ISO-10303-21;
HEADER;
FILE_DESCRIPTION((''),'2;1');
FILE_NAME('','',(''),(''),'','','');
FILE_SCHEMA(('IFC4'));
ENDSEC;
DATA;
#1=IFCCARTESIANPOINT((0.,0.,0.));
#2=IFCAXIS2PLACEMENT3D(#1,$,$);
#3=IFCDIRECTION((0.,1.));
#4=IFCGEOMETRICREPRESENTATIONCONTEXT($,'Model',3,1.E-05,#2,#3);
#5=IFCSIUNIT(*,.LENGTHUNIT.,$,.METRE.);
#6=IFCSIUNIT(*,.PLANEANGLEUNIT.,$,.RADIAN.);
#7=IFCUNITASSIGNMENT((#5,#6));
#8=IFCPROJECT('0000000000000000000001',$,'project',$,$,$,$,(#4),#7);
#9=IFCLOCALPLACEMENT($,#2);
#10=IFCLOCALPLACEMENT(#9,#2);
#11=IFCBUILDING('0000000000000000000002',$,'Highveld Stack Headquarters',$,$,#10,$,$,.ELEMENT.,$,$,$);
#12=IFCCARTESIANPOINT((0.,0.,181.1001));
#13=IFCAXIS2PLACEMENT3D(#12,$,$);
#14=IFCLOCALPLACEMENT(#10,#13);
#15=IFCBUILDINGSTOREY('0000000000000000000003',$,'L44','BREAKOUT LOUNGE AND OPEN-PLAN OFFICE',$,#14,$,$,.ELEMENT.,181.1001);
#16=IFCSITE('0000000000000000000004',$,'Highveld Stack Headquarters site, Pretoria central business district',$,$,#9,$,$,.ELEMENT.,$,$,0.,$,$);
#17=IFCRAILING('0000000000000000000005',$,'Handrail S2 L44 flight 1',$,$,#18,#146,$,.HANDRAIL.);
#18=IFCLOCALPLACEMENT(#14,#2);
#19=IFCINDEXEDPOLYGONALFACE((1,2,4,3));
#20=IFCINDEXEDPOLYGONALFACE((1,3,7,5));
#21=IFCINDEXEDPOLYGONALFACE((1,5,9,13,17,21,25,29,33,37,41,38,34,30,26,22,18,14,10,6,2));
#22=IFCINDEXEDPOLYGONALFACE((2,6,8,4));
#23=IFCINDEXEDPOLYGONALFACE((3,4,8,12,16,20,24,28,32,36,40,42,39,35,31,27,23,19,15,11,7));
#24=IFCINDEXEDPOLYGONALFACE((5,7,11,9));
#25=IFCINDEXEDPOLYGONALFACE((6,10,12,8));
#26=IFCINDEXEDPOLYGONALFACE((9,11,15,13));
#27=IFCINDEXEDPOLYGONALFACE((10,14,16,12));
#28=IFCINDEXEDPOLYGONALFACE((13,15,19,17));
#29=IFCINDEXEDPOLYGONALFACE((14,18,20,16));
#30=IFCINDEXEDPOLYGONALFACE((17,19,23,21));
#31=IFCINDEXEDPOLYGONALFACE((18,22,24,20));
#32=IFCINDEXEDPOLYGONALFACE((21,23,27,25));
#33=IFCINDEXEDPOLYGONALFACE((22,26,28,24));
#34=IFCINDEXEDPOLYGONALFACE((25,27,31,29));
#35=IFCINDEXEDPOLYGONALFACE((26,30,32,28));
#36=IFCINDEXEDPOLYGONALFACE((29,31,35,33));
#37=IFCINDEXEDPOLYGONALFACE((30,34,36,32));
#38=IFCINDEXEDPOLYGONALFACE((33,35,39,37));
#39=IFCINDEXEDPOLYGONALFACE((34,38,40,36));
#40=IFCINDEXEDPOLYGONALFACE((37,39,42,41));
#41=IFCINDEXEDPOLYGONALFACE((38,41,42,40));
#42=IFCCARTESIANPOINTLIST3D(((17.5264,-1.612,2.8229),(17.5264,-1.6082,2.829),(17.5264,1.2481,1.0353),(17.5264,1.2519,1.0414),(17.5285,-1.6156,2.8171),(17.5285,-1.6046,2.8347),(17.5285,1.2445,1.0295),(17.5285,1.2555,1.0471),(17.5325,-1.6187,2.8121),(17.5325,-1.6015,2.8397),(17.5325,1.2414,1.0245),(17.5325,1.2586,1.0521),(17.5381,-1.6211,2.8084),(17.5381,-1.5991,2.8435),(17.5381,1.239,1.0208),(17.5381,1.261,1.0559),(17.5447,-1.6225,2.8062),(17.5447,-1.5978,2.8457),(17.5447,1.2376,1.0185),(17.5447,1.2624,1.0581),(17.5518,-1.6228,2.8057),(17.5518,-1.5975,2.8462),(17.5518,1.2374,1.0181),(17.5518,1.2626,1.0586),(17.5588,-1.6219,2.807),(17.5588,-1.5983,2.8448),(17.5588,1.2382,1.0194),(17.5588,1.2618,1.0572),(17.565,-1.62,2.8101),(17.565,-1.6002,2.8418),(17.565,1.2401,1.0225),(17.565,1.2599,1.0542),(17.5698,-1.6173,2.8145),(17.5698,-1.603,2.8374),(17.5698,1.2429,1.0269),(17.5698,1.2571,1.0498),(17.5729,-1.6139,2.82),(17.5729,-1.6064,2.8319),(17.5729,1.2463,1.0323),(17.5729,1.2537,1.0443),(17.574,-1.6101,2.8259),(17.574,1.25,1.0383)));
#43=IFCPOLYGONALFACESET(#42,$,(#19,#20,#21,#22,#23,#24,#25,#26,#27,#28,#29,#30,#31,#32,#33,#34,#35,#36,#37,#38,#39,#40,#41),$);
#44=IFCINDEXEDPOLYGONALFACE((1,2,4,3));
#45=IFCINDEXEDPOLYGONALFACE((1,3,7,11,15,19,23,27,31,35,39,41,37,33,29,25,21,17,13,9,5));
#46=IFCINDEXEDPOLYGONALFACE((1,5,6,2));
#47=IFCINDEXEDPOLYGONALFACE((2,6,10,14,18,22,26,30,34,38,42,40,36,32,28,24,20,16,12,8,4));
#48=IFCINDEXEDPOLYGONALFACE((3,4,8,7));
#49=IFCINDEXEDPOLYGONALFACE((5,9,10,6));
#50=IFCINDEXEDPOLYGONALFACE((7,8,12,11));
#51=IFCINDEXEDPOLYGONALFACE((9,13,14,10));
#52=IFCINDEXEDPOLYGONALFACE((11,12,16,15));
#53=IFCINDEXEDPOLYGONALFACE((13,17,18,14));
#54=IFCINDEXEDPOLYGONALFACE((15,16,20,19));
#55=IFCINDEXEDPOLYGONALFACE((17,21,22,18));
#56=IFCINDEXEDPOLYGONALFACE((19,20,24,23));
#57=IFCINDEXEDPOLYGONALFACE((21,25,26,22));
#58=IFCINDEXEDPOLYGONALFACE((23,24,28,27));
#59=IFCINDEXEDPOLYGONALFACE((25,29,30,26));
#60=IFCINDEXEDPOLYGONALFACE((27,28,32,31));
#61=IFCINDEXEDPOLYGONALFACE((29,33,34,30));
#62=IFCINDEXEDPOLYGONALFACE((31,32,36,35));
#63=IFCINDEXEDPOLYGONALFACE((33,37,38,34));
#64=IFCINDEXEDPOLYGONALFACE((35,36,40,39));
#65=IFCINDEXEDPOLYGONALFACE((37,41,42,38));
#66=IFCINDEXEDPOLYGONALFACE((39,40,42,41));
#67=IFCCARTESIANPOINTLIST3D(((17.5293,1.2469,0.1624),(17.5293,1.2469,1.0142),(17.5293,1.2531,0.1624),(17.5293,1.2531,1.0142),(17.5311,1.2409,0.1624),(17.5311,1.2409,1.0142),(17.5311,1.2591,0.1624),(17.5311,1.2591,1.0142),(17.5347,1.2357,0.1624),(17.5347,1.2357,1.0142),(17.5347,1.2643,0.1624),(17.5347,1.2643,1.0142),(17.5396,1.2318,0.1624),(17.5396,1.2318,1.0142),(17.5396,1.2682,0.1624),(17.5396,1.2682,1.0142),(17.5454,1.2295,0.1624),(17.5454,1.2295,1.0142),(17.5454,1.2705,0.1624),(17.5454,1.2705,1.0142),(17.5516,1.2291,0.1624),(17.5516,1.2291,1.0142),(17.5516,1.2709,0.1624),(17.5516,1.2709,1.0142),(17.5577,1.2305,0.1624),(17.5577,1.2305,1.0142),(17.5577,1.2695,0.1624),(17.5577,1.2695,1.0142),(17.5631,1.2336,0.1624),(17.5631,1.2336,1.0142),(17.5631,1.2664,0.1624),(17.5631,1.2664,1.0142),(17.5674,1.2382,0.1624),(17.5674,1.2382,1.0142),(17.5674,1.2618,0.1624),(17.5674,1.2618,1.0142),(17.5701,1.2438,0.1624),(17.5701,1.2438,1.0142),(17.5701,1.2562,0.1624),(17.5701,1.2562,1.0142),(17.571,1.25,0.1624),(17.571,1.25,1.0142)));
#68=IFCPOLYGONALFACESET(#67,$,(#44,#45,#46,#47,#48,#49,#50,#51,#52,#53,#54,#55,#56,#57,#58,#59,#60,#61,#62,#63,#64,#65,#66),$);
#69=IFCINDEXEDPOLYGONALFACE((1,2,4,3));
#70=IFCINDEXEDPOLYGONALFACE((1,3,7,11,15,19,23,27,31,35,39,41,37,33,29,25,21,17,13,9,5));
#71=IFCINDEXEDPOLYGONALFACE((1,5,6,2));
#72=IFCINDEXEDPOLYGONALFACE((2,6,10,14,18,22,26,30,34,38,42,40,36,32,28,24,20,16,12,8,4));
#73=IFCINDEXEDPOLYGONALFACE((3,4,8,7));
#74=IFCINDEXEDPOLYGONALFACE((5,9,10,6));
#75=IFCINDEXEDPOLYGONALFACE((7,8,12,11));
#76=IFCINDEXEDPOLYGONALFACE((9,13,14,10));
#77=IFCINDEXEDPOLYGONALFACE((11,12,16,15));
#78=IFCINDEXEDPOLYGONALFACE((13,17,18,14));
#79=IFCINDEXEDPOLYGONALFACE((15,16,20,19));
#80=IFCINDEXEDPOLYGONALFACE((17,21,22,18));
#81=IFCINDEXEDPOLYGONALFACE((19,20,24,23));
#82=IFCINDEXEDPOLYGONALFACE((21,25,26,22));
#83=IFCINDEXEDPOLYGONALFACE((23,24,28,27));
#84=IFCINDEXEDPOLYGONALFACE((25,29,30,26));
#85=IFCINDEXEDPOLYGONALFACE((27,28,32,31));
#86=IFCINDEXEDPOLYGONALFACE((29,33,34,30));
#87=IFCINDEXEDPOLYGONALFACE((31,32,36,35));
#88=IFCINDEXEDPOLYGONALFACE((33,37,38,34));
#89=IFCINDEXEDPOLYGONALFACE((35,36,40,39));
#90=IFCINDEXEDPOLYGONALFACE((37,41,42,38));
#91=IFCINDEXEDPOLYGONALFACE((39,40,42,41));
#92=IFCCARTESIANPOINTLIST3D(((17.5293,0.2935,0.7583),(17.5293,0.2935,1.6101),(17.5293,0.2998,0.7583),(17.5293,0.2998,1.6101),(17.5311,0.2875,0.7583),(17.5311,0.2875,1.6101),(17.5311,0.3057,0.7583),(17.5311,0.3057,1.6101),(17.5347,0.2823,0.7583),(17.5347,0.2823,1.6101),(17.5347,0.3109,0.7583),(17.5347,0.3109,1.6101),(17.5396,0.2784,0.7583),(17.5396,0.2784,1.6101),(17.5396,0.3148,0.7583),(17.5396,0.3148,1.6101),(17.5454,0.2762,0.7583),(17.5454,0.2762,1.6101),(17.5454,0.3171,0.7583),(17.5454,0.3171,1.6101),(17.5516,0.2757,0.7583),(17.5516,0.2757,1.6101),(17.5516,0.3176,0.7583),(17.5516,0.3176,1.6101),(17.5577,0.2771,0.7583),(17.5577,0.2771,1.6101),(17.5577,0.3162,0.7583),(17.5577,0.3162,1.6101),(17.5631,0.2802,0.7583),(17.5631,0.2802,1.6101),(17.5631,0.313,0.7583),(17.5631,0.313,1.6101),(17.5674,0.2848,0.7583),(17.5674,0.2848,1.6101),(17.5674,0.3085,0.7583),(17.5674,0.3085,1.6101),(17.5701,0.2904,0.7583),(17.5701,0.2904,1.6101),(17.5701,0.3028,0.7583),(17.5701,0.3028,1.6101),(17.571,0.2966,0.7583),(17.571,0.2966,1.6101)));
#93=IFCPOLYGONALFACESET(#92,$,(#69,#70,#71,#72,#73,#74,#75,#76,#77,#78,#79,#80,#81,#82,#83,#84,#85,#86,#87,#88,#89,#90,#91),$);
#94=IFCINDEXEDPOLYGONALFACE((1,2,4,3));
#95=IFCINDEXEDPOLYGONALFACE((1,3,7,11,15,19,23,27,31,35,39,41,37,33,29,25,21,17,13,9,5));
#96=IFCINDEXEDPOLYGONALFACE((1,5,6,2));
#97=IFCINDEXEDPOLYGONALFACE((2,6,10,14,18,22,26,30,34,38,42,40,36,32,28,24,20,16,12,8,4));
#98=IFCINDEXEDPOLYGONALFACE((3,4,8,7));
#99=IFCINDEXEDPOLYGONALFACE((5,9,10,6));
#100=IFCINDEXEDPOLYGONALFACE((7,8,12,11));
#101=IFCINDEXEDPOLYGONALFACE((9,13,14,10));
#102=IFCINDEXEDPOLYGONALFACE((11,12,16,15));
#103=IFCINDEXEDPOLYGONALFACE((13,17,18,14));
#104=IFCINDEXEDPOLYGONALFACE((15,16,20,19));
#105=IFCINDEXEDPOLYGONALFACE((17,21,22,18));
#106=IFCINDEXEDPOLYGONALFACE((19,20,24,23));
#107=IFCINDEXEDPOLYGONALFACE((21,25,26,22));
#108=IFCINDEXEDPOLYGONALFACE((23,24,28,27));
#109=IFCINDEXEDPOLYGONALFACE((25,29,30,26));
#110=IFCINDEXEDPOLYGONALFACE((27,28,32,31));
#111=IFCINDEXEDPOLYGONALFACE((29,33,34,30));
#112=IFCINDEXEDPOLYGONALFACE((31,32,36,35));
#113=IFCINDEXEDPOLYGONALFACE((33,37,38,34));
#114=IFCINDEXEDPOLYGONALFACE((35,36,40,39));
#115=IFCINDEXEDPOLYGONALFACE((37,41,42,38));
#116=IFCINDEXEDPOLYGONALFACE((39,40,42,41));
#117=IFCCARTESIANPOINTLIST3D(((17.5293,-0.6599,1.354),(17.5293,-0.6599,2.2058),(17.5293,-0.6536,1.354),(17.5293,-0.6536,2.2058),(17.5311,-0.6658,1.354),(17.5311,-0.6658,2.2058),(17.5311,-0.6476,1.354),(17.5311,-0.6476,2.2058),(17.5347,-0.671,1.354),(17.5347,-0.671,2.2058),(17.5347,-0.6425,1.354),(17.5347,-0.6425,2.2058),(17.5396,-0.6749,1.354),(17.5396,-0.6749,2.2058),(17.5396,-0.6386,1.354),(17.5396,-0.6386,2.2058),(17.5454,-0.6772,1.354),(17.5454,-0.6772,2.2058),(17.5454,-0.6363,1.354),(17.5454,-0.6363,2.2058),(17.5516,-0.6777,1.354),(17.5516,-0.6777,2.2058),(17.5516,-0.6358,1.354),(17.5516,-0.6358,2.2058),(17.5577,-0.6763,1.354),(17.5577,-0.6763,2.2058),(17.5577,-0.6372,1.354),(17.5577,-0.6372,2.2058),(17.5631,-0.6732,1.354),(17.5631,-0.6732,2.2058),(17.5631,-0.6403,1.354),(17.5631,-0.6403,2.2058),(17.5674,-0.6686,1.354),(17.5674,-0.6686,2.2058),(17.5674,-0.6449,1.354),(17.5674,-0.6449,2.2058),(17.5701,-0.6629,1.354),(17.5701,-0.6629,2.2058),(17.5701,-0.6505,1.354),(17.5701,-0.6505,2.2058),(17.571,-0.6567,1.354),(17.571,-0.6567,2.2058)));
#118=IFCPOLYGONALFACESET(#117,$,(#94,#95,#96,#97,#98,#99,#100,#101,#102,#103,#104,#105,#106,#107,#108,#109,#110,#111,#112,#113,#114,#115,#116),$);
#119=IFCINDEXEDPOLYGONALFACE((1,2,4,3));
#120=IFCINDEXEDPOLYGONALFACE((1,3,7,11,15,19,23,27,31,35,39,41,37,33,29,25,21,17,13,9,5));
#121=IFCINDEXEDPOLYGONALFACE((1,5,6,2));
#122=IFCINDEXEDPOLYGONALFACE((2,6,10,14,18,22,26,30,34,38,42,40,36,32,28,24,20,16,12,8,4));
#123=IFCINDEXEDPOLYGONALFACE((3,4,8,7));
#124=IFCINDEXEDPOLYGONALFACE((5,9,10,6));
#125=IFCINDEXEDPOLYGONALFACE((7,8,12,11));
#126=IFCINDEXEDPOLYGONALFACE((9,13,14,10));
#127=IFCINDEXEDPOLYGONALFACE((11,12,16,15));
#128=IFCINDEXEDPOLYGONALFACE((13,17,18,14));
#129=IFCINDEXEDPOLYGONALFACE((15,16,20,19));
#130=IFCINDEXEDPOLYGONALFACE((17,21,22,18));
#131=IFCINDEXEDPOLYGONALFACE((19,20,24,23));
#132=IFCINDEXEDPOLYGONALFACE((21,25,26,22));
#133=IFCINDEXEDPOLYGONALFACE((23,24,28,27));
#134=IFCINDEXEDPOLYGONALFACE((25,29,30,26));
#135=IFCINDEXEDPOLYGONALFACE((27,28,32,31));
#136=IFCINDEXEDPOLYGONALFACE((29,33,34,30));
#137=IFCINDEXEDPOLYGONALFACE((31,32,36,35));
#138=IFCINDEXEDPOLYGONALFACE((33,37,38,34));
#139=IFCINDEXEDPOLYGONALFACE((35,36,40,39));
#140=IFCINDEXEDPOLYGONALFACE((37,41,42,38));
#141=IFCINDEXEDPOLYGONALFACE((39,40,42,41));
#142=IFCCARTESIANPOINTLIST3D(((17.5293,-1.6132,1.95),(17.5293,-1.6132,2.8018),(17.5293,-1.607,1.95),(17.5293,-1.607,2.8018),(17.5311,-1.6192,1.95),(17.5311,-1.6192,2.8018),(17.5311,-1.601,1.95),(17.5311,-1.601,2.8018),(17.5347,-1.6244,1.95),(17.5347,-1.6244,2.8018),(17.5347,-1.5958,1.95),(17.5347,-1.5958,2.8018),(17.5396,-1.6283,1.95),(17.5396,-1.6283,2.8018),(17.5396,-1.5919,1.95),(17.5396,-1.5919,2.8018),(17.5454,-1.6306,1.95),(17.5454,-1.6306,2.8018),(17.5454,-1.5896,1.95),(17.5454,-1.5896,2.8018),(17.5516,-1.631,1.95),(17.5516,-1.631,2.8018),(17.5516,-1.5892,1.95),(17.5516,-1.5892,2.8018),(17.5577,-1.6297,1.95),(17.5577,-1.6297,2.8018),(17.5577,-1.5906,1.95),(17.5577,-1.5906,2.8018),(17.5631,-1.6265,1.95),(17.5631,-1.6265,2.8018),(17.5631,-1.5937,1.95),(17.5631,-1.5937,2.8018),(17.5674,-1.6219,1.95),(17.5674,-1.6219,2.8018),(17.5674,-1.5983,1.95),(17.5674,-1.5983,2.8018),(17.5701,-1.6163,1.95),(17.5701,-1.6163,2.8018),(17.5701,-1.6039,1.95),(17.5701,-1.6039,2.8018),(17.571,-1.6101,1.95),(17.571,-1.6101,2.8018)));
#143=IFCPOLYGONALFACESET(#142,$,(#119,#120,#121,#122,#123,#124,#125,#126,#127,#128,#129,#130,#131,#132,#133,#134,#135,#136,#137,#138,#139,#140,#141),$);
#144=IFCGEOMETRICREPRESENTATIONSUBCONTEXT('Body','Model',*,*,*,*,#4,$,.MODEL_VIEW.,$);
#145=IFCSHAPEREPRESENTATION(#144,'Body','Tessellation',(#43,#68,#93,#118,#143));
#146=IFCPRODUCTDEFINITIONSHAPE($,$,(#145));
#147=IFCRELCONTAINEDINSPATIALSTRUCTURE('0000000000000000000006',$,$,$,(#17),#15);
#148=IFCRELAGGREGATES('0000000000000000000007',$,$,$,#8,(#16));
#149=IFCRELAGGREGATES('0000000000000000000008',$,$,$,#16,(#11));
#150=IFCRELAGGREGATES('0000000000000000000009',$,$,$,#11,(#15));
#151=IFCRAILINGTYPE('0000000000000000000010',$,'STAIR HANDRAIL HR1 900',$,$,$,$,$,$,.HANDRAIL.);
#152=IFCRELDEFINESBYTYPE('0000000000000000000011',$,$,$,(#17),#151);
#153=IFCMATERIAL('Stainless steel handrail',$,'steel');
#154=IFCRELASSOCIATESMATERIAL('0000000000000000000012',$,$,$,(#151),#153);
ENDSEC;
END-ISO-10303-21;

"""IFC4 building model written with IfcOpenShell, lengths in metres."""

from ifc_helpers import new_model, si_unit, direction, frame, origin, origin_2d, place, context, subcontext, project, spatial, circle, extrude, material, type_object, element, save


model = new_model("IFC4")

# Units and contexts
model_context = context("Model", 3, precision=1e-05, world=origin(), true_north=direction((0.0, 1.0)))
body_context = subcontext(model_context, "Body", "Model", "MODEL_VIEW")
ifc_project = project(units=[si_unit("LENGTHUNIT", "METRE"), si_unit("PLANEANGLEUNIT", "RADIAN")], contexts=[model_context])

# Site, building, storey
site_placement = place(None, origin())
site = spatial("IfcSite", under=ifc_project, at=site_placement, Name="Highveld Stack Headquarters site, Pretoria central business district", CompositionType="ELEMENT", RefElevation=0.0)
building_placement = place(site_placement, origin())
building = spatial("IfcBuilding", under=site, at=building_placement, Name="Highveld Stack Headquarters", CompositionType="ELEMENT")
storey_placement = place(building_placement, frame((0.0, 0.0, 181.1001)))
storey = spatial("IfcBuildingStorey", under=building, at=storey_placement, Name="L44", Description="BREAKOUT LOUNGE AND OPEN-PLAN OFFICE", CompositionType="ELEMENT", Elevation=181.1001)

# Railing
ifc_material_1 = material(Name="Stainless steel handrail", Category="steel")
railing_type = type_object("IfcRailingType", Name="STAIR HANDRAIL HR1 900", PredefinedType="HANDRAIL", material=ifc_material_1)
for number, where, name in (
    (1, (17.55, 1.25, 0.1624), "Handrail S2 L44 flight 1"),
):
    element("IfcRailing", number, at=place(storey_placement, frame(where)), inside=storey, type_object=railing_type, Name=name, PredefinedType="HANDRAIL", context=body_context, shape_type="SweptSolid", body=[
        extrude(circle(Radius=0.0239, at=origin_2d()), frame((0.0, 0.0, 0.876), z_axis=(0.0, -0.847994, 0.530005), x_axis=(1.0, 0.0, 0.0)), (0.0, 0.0, 1.0), 3.3728),
        extrude(circle(Radius=0.021, at=origin_2d()), origin(), (0.0, 0.0, 1.0), 0.8518),
        extrude(circle(Radius=0.021, at=origin_2d()), frame((0.0, -0.9534, 0.5959)), (0.0, 0.0, 1.0), 0.8518),
        extrude(circle(Radius=0.021, at=origin_2d()), frame((0.0, -1.9067, 1.1917)), (0.0, 0.0, 1.0), 0.8518),
        extrude(circle(Radius=0.021, at=origin_2d()), frame((0.0, -2.8601, 1.7876)), (0.0, 0.0, 1.0), 0.8518),
    ])

save(model, "model.ifc")
